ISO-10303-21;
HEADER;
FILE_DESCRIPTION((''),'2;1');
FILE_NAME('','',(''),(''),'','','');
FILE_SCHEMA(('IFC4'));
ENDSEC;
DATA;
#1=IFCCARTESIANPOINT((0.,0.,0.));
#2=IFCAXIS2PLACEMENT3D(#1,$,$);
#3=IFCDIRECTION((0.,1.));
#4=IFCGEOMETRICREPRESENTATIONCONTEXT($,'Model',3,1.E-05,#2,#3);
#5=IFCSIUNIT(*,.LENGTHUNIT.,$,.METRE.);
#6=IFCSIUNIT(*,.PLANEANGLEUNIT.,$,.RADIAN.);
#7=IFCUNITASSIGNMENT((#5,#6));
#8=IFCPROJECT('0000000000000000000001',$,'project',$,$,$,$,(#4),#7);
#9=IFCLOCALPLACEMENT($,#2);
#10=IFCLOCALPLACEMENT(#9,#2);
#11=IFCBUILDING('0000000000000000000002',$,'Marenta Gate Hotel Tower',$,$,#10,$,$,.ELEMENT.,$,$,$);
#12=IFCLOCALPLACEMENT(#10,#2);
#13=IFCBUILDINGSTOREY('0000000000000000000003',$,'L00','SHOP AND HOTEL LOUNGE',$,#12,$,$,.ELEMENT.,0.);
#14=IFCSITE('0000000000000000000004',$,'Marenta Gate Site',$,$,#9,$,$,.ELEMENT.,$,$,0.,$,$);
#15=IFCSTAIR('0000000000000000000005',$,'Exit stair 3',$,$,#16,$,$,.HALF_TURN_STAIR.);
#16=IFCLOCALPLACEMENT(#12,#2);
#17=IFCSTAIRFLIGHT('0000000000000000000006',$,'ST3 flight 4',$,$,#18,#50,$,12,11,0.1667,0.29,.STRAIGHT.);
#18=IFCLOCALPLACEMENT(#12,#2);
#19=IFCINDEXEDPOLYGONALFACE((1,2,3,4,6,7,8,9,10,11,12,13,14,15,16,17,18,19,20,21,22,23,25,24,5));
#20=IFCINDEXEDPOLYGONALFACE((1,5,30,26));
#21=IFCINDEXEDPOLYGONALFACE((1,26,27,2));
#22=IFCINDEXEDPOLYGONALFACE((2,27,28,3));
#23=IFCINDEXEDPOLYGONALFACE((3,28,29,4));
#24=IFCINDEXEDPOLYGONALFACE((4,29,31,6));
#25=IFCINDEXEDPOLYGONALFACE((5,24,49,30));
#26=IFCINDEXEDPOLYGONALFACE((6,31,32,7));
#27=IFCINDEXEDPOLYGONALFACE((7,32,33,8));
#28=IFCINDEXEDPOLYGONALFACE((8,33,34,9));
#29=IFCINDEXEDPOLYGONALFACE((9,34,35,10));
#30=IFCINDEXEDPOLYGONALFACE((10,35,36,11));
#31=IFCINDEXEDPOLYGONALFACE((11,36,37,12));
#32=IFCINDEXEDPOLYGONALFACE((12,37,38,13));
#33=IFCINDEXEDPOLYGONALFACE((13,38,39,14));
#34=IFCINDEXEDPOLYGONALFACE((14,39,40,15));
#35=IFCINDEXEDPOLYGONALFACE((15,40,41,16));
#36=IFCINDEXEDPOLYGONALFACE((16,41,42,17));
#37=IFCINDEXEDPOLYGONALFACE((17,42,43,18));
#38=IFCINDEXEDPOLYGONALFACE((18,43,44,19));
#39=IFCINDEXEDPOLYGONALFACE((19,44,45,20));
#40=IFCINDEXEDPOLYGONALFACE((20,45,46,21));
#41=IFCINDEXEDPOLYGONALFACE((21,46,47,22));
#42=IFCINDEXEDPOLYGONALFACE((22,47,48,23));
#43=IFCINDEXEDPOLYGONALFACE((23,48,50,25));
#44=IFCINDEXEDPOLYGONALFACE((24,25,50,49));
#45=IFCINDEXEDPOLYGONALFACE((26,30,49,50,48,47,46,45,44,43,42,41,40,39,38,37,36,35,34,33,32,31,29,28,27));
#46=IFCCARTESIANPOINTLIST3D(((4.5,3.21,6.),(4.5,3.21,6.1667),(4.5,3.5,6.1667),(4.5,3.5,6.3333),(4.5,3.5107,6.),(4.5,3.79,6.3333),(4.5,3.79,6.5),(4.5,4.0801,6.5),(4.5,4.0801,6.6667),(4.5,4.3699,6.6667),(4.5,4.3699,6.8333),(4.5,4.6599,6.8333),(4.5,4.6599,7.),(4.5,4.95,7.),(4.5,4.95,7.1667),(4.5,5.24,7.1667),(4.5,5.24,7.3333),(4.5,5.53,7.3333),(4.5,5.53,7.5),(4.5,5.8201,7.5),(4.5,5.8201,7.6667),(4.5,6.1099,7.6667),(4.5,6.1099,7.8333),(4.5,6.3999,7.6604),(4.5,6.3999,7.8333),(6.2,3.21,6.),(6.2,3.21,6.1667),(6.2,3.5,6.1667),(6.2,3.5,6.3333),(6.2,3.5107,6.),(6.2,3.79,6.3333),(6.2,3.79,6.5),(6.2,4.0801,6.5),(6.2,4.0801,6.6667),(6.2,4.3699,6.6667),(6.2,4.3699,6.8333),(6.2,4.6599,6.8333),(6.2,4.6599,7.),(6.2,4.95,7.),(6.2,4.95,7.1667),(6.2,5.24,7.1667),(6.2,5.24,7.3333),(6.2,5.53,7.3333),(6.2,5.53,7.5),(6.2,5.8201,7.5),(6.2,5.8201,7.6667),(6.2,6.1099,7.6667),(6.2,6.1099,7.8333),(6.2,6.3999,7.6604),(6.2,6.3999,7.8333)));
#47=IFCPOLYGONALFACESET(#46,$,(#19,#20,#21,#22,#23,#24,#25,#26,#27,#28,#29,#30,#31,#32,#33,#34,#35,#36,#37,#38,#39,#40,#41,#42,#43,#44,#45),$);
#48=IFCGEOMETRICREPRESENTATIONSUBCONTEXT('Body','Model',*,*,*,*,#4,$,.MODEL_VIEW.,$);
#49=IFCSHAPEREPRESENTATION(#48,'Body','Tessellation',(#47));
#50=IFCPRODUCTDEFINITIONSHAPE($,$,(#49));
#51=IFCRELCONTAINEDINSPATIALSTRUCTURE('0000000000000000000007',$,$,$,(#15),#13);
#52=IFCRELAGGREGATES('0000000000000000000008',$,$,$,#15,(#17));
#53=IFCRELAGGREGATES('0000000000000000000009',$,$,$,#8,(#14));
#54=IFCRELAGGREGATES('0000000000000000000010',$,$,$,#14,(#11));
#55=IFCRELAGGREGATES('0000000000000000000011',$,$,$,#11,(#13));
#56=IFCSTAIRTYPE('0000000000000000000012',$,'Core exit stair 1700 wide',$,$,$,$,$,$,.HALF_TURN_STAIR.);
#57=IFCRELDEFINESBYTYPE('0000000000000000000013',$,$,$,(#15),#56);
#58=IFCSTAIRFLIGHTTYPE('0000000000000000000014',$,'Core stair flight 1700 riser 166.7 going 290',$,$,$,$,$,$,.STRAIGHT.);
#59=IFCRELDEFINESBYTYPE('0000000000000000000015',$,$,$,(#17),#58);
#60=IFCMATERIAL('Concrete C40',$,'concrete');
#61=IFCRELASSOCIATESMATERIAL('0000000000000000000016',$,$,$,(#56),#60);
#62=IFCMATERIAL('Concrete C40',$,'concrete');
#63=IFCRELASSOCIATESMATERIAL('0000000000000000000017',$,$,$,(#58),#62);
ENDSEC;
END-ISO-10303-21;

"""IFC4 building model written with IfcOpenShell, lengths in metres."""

from ifc_helpers import new_model, si_unit, direction, frame, origin, place, context, subcontext, project, spatial, polyline, outline, extrude, material, type_object, element, aggregate, save


model = new_model("IFC4")

# Units and contexts
model_context = context("Model", 3, precision=1e-05, world=origin(), true_north=direction((0.0, 1.0)))
body_context = subcontext(model_context, "Body", "Model", "MODEL_VIEW")
ifc_project = project(units=[si_unit("LENGTHUNIT", "METRE"), si_unit("PLANEANGLEUNIT", "RADIAN")], contexts=[model_context])

# Site, building, storey
site_placement = place(None, origin())
site = spatial("IfcSite", under=ifc_project, at=site_placement, Name="Marenta Gate Site", CompositionType="ELEMENT", RefElevation=0.0)
building_placement = place(site_placement, origin())
building = spatial("IfcBuilding", under=site, at=building_placement, Name="Marenta Gate Hotel Tower", CompositionType="ELEMENT")
storey_placement = place(building_placement, origin())
storey = spatial("IfcBuildingStorey", under=building, at=storey_placement, Name="L00", Description="SHOP AND HOTEL LOUNGE", CompositionType="ELEMENT", Elevation=0.0)

# Stair, stair flight
ifc_material_1 = material(Name="Concrete C40", Category="concrete")
stair_type = type_object("IfcStairType", Name="Core exit stair 1700 wide", PredefinedType="HALF_TURN_STAIR", material=ifc_material_1)
stair_placement = place(storey_placement, origin())
stair = element("IfcStair", 1, at=stair_placement, inside=storey, type_object=stair_type, Name="Exit stair 3", PredefinedType="HALF_TURN_STAIR")
ifc_material_2 = material(Name="Concrete C40", Category="concrete")
stair_flight_type = type_object("IfcStairFlightType", Name="Core stair flight 1700 riser 166.7 going 290", PredefinedType="STRAIGHT", material=ifc_material_2)
stair_flight_1_placement = place(storey_placement, frame((5.3501, 3.21, 6.0), z_axis=(0.0, 0.0, 1.0), x_axis=(0.0, 1.0, 0.0)))
stair_flight_1 = element("IfcStairFlight", 2, at=stair_flight_1_placement, type_object=stair_flight_type, Name="ST3 flight 4", NumberOfRisers=12, NumberOfTreads=11, PredefinedType="STRAIGHT", RiserHeight=0.1667, TreadLength=0.29, context=body_context, shape_type="SweptSolid", body=[
    extrude(outline(polyline([(0.0, 0.0), (0.0, 0.1667), (0.29, 0.1667), (0.29, 0.3333), (0.5801, 0.3333), (0.5801, 0.5), (0.8701, 0.5), (0.8701, 0.6667), (1.1599, 0.6667), (1.1599, 0.8333), (1.45, 0.8333), (1.45, 1.0), (1.74, 1.0), (1.74, 1.1667), (2.03, 1.1667), (2.03, 1.3333), (2.3201, 1.3333), (2.3201, 1.5), (2.6101, 1.5), (2.6101, 1.6667), (2.8999, 1.6667), (2.8999, 1.8333), (3.1899, 1.8333), (3.1899, 2.0), (3.1899, 1.6604), (0.3008, 0.0), (0.0, 0.0)])), frame((0.0, 0.8501, 0.0), z_axis=(0.0, -1.0, 0.0), x_axis=(1.0, 0.0, 0.0)), (0.0, 0.0, 1.0), 1.7),
])
aggregate(stair, [stair_flight_1])

save(model, "model.ifc")
